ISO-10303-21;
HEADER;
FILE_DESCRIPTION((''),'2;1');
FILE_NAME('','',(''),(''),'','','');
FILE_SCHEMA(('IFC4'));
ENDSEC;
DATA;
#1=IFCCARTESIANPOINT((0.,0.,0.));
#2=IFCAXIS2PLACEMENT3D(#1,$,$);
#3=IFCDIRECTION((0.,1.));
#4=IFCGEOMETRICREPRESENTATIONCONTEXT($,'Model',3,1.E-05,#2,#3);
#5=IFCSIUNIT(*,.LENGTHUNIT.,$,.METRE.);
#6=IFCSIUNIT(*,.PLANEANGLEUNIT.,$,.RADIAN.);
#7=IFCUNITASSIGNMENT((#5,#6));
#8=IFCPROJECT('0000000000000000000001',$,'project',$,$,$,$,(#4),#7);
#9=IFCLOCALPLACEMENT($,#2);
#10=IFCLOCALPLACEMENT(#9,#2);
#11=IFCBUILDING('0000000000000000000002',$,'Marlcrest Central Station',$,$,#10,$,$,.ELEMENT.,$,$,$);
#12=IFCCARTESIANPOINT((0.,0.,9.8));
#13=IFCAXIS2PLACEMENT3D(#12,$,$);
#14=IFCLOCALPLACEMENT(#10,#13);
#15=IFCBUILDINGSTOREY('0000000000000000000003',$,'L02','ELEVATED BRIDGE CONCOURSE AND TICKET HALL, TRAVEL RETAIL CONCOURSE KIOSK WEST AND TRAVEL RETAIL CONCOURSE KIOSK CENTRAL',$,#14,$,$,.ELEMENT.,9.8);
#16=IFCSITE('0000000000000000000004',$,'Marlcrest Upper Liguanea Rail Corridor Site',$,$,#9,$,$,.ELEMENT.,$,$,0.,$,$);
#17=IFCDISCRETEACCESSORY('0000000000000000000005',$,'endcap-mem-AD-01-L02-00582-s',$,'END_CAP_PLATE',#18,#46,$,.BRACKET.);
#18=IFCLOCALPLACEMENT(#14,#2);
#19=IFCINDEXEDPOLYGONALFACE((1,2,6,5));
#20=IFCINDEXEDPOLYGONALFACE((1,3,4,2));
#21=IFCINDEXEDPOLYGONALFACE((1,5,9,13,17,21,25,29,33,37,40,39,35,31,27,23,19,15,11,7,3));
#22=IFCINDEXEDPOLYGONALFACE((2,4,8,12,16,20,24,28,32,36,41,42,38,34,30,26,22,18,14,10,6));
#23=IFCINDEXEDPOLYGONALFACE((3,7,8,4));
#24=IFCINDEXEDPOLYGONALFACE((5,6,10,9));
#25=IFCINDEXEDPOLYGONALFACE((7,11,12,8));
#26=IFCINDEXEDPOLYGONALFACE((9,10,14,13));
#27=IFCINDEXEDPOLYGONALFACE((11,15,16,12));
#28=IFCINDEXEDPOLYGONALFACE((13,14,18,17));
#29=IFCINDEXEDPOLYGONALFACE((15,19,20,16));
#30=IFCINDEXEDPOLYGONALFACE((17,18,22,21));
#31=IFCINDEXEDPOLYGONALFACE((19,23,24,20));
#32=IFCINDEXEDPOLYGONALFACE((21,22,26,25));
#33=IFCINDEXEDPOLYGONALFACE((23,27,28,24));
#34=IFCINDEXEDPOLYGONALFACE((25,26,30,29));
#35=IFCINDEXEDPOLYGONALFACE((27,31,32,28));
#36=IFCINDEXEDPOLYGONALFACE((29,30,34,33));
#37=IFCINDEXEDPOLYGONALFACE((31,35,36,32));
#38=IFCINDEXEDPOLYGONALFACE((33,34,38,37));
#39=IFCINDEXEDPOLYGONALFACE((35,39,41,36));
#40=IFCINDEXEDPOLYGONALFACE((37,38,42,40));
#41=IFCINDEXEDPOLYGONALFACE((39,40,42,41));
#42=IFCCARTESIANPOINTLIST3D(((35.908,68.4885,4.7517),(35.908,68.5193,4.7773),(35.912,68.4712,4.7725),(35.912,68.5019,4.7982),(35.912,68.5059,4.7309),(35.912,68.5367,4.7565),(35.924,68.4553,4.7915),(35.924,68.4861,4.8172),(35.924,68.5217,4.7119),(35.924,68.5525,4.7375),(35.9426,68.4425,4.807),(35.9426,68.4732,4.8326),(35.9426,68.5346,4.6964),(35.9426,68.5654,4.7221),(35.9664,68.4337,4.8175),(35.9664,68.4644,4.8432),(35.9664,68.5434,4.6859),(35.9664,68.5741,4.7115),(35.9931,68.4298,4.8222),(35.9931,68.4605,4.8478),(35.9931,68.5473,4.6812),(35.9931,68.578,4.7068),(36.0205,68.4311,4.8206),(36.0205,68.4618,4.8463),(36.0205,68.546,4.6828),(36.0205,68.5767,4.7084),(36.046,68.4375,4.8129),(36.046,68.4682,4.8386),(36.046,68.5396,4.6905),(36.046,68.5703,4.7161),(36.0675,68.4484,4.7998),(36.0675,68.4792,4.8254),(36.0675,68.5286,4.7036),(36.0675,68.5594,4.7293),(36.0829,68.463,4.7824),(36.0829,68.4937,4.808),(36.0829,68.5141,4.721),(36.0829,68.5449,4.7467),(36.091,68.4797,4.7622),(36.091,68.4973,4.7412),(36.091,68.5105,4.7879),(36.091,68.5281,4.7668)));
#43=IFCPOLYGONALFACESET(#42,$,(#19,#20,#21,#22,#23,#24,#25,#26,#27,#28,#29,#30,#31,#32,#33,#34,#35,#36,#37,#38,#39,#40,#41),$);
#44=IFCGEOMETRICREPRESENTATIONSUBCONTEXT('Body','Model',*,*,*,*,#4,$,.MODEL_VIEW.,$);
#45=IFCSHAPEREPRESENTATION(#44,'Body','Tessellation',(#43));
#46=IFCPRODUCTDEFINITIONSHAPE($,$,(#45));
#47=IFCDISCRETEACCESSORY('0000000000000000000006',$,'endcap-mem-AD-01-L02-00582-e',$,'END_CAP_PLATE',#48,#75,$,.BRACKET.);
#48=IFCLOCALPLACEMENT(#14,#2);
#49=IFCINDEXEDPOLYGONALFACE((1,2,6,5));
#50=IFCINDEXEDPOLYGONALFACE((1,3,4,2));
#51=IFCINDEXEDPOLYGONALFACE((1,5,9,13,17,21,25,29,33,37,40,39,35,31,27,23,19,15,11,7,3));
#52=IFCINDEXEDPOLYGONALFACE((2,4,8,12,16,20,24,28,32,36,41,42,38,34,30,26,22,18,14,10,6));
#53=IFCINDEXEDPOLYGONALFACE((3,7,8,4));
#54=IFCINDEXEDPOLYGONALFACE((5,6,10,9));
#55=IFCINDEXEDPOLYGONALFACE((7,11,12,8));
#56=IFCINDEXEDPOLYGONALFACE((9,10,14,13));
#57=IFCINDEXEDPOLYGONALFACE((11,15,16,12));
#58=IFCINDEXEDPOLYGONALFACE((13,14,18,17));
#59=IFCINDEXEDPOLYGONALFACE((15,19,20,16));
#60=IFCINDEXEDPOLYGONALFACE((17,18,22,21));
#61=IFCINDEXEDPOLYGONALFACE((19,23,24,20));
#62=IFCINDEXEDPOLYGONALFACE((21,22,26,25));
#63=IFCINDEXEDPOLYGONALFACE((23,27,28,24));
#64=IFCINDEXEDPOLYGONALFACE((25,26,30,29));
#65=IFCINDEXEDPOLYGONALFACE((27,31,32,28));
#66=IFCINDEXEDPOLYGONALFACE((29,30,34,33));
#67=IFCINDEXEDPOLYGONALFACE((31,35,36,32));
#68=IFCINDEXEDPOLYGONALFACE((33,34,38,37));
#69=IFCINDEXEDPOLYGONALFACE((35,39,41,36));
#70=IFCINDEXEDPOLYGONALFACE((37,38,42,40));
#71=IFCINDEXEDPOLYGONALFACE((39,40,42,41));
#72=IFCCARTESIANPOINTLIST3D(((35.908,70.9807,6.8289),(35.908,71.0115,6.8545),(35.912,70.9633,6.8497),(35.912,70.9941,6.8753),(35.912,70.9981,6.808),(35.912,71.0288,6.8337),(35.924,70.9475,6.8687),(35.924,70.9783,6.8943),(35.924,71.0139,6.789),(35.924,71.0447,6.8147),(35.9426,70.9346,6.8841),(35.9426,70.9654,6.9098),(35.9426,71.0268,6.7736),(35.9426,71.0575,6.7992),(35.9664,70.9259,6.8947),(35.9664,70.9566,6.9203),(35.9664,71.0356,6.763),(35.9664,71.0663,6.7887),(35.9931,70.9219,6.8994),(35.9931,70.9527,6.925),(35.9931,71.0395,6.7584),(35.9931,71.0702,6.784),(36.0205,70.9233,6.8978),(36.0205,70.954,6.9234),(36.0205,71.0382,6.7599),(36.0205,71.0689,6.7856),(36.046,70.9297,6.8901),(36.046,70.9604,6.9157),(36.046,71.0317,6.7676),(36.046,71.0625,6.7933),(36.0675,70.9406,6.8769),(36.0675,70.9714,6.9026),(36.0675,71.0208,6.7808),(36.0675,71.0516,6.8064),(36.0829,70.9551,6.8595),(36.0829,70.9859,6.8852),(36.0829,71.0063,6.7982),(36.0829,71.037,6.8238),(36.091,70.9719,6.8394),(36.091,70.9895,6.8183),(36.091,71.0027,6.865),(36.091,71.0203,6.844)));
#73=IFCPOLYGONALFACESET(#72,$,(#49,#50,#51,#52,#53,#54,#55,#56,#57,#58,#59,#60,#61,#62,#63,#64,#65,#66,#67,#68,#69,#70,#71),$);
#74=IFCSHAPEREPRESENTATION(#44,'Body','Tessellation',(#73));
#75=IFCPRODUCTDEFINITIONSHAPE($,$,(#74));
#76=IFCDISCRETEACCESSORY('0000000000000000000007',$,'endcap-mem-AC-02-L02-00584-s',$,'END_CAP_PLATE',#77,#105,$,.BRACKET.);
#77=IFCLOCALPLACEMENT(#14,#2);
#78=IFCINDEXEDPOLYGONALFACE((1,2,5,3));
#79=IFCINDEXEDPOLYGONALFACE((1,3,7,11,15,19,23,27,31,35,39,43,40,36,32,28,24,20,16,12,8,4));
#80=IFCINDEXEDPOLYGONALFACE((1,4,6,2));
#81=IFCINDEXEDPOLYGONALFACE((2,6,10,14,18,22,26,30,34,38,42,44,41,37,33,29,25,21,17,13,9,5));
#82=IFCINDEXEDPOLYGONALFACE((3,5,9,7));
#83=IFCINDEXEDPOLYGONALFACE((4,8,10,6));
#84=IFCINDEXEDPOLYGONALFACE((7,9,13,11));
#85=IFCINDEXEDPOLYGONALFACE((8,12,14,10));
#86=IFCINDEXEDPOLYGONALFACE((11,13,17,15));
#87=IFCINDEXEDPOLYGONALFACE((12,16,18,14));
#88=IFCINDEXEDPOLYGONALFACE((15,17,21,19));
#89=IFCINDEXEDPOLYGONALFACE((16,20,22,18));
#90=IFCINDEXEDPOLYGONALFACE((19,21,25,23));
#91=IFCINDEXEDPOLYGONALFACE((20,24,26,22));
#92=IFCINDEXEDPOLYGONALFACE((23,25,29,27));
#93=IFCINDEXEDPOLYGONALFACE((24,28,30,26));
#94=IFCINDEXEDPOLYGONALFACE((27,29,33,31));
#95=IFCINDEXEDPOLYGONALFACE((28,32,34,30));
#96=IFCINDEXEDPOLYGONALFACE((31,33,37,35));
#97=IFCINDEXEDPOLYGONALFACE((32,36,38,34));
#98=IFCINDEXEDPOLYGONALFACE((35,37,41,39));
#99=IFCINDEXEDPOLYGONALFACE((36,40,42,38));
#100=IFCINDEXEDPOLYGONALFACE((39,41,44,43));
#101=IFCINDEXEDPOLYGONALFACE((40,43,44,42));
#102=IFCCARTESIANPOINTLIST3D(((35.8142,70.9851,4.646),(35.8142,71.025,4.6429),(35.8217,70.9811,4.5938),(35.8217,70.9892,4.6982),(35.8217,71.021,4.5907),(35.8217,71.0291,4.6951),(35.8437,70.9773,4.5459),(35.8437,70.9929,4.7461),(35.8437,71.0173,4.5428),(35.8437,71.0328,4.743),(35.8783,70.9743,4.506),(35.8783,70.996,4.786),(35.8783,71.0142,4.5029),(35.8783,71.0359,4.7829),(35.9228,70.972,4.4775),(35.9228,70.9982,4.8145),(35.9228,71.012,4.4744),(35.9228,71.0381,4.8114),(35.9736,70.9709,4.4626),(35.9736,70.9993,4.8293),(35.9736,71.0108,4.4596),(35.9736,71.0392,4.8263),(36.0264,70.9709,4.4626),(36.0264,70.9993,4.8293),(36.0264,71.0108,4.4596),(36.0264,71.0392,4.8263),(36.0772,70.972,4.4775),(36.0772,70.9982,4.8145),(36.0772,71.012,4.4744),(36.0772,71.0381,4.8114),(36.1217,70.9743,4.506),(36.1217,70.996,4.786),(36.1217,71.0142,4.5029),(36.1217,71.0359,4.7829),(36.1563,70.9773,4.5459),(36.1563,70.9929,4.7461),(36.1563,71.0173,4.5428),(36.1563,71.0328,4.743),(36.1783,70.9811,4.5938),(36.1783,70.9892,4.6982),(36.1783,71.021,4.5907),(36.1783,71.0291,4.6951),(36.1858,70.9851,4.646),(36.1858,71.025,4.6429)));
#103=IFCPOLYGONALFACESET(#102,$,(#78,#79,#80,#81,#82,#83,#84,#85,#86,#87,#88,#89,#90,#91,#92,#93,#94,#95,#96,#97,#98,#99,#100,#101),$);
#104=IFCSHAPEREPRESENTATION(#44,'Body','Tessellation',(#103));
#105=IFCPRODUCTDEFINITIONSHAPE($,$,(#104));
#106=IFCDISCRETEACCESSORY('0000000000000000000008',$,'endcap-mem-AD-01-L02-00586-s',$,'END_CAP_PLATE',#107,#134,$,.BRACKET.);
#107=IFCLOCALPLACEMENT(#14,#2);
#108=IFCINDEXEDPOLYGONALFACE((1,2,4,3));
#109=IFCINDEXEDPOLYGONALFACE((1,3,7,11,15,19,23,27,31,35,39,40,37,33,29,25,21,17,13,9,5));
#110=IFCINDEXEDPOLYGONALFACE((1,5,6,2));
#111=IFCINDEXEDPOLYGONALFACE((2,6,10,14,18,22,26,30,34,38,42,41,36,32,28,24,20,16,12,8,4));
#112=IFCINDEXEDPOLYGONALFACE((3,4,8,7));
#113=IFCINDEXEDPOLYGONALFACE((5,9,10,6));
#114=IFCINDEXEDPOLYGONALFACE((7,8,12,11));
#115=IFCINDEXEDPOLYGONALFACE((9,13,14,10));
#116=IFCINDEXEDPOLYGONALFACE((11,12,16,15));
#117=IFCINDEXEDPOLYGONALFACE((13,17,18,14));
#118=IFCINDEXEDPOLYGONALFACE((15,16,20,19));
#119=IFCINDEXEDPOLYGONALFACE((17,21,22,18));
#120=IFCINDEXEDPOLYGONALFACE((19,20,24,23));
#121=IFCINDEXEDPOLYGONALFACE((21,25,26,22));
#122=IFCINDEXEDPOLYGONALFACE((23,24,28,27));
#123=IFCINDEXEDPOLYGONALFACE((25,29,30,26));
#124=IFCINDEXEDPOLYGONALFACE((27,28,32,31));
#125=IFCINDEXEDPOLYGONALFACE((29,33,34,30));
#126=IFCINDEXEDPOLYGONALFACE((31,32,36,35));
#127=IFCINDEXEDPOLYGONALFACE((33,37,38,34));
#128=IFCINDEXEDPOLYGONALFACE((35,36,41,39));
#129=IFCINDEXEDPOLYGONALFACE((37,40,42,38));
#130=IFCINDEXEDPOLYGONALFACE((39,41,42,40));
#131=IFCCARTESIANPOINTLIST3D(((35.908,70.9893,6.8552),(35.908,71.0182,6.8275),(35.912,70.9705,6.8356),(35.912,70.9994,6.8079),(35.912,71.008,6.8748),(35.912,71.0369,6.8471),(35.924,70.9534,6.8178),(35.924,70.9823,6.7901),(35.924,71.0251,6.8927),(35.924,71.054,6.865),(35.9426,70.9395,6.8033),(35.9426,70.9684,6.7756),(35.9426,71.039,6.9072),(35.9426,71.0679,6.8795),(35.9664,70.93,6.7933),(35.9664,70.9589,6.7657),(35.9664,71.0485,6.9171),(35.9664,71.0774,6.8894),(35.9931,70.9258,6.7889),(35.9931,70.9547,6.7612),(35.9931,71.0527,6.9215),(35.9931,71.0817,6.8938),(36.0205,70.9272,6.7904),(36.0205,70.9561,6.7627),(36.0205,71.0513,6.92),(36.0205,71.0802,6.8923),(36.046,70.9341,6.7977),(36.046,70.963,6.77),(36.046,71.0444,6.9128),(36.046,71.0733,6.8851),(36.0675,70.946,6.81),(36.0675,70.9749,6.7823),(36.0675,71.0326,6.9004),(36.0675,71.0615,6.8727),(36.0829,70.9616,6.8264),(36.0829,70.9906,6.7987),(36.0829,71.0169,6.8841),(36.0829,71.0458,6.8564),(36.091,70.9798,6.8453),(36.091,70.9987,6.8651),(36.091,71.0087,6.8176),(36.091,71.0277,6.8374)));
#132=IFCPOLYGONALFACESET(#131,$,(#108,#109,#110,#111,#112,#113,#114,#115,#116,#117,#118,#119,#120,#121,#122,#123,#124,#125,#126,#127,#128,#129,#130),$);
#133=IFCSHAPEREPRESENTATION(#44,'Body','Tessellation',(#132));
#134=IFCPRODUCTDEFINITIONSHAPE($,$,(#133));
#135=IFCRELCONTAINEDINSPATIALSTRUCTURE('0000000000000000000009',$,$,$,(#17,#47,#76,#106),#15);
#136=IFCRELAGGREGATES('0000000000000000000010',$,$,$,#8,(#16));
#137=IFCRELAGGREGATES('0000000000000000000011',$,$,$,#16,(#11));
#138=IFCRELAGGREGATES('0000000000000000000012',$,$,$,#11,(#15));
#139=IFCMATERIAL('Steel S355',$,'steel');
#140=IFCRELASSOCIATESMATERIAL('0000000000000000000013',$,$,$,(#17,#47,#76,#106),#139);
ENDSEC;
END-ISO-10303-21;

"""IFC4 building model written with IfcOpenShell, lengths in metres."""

from ifc_helpers import new_model, si_unit, direction, frame, origin, origin_2d, place, context, subcontext, project, spatial, circle, extrude, material, element, save


model = new_model("IFC4")

# Units and contexts
model_context = context("Model", 3, precision=1e-05, world=origin(), true_north=direction((0.0, 1.0)))
body_context = subcontext(model_context, "Body", "Model", "MODEL_VIEW")
ifc_project = project(units=[si_unit("LENGTHUNIT", "METRE"), si_unit("PLANEANGLEUNIT", "RADIAN")], contexts=[model_context])

# Site, building, storey
site_placement = place(None, origin())
site = spatial("IfcSite", under=ifc_project, at=site_placement, Name="Marlcrest Upper Liguanea Rail Corridor Site", CompositionType="ELEMENT", RefElevation=0.0)
building_placement = place(site_placement, origin())
building = spatial("IfcBuilding", under=site, at=building_placement, Name="Marlcrest Central Station", CompositionType="ELEMENT")
storey_placement = place(building_placement, frame((0.0, 0.0, 9.8)))
storey = spatial("IfcBuildingStorey", under=building, at=storey_placement, Name="L02", Description="ELEVATED BRIDGE CONCOURSE AND TICKET HALL, TRAVEL RETAIL CONCOURSE KIOSK WEST AND TRAVEL RETAIL CONCOURSE KIOSK CENTRAL", CompositionType="ELEMENT", Elevation=9.8)

# Shared definitions
ifc_material = material(Name="Steel S355", Category="steel")

# Discrete accessories
for number, where, z_axis, x_axis, name in (
    (1, (36.0, 68.4885, 4.7517), (0.0, 0.76816, 0.640258), (-1.0, 0.0, 0.0), "endcap-mem-AD-01-L02-00582-s"),
    (2, (36.0, 70.9807, 6.8289), (0.0, 0.76816, 0.640258), (-1.0, 0.0, 0.0), "endcap-mem-AD-01-L02-00582-e"),
):
    element("IfcDiscreteAccessory", number, at=place(storey_placement, frame(where, z_axis=z_axis, x_axis=x_axis)), inside=storey, material=ifc_material, Name=name, ObjectType="END_CAP_PLATE", PredefinedType="BRACKET", context=body_context, shape_type="SweptSolid", body=[
        extrude(circle(Radius=0.092, at=origin_2d()), origin(), (0.0, 0.0, 1.0), 0.04),
    ])
discrete_accessory_1_placement = place(storey_placement, frame((36.0, 70.9851, 4.646), z_axis=(0.0, 0.997007, -0.077307), x_axis=(-1.0, 0.0, 0.0)))
element("IfcDiscreteAccessory", 3, at=discrete_accessory_1_placement, inside=storey, material=ifc_material, Name="endcap-mem-AC-02-L02-00584-s", ObjectType="END_CAP_PLATE", PredefinedType="BRACKET", context=body_context, shape_type="SweptSolid", body=[
    extrude(circle(Radius=0.1858, at=origin_2d()), origin(), (0.0, 0.0, 1.0), 0.04),
])
discrete_accessory_2_placement = place(storey_placement, frame((36.0, 70.9893, 6.8552), z_axis=(0.0, 0.722247, -0.691636), x_axis=(-1.0, 0.0, 0.0)))
element("IfcDiscreteAccessory", 4, at=discrete_accessory_2_placement, inside=storey, material=ifc_material, Name="endcap-mem-AD-01-L02-00586-s", ObjectType="END_CAP_PLATE", PredefinedType="BRACKET", context=body_context, shape_type="SweptSolid", body=[
    extrude(circle(Radius=0.092, at=origin_2d()), origin(), (0.0, 0.0, 1.0), 0.04),
])

save(model, "model.ifc")
